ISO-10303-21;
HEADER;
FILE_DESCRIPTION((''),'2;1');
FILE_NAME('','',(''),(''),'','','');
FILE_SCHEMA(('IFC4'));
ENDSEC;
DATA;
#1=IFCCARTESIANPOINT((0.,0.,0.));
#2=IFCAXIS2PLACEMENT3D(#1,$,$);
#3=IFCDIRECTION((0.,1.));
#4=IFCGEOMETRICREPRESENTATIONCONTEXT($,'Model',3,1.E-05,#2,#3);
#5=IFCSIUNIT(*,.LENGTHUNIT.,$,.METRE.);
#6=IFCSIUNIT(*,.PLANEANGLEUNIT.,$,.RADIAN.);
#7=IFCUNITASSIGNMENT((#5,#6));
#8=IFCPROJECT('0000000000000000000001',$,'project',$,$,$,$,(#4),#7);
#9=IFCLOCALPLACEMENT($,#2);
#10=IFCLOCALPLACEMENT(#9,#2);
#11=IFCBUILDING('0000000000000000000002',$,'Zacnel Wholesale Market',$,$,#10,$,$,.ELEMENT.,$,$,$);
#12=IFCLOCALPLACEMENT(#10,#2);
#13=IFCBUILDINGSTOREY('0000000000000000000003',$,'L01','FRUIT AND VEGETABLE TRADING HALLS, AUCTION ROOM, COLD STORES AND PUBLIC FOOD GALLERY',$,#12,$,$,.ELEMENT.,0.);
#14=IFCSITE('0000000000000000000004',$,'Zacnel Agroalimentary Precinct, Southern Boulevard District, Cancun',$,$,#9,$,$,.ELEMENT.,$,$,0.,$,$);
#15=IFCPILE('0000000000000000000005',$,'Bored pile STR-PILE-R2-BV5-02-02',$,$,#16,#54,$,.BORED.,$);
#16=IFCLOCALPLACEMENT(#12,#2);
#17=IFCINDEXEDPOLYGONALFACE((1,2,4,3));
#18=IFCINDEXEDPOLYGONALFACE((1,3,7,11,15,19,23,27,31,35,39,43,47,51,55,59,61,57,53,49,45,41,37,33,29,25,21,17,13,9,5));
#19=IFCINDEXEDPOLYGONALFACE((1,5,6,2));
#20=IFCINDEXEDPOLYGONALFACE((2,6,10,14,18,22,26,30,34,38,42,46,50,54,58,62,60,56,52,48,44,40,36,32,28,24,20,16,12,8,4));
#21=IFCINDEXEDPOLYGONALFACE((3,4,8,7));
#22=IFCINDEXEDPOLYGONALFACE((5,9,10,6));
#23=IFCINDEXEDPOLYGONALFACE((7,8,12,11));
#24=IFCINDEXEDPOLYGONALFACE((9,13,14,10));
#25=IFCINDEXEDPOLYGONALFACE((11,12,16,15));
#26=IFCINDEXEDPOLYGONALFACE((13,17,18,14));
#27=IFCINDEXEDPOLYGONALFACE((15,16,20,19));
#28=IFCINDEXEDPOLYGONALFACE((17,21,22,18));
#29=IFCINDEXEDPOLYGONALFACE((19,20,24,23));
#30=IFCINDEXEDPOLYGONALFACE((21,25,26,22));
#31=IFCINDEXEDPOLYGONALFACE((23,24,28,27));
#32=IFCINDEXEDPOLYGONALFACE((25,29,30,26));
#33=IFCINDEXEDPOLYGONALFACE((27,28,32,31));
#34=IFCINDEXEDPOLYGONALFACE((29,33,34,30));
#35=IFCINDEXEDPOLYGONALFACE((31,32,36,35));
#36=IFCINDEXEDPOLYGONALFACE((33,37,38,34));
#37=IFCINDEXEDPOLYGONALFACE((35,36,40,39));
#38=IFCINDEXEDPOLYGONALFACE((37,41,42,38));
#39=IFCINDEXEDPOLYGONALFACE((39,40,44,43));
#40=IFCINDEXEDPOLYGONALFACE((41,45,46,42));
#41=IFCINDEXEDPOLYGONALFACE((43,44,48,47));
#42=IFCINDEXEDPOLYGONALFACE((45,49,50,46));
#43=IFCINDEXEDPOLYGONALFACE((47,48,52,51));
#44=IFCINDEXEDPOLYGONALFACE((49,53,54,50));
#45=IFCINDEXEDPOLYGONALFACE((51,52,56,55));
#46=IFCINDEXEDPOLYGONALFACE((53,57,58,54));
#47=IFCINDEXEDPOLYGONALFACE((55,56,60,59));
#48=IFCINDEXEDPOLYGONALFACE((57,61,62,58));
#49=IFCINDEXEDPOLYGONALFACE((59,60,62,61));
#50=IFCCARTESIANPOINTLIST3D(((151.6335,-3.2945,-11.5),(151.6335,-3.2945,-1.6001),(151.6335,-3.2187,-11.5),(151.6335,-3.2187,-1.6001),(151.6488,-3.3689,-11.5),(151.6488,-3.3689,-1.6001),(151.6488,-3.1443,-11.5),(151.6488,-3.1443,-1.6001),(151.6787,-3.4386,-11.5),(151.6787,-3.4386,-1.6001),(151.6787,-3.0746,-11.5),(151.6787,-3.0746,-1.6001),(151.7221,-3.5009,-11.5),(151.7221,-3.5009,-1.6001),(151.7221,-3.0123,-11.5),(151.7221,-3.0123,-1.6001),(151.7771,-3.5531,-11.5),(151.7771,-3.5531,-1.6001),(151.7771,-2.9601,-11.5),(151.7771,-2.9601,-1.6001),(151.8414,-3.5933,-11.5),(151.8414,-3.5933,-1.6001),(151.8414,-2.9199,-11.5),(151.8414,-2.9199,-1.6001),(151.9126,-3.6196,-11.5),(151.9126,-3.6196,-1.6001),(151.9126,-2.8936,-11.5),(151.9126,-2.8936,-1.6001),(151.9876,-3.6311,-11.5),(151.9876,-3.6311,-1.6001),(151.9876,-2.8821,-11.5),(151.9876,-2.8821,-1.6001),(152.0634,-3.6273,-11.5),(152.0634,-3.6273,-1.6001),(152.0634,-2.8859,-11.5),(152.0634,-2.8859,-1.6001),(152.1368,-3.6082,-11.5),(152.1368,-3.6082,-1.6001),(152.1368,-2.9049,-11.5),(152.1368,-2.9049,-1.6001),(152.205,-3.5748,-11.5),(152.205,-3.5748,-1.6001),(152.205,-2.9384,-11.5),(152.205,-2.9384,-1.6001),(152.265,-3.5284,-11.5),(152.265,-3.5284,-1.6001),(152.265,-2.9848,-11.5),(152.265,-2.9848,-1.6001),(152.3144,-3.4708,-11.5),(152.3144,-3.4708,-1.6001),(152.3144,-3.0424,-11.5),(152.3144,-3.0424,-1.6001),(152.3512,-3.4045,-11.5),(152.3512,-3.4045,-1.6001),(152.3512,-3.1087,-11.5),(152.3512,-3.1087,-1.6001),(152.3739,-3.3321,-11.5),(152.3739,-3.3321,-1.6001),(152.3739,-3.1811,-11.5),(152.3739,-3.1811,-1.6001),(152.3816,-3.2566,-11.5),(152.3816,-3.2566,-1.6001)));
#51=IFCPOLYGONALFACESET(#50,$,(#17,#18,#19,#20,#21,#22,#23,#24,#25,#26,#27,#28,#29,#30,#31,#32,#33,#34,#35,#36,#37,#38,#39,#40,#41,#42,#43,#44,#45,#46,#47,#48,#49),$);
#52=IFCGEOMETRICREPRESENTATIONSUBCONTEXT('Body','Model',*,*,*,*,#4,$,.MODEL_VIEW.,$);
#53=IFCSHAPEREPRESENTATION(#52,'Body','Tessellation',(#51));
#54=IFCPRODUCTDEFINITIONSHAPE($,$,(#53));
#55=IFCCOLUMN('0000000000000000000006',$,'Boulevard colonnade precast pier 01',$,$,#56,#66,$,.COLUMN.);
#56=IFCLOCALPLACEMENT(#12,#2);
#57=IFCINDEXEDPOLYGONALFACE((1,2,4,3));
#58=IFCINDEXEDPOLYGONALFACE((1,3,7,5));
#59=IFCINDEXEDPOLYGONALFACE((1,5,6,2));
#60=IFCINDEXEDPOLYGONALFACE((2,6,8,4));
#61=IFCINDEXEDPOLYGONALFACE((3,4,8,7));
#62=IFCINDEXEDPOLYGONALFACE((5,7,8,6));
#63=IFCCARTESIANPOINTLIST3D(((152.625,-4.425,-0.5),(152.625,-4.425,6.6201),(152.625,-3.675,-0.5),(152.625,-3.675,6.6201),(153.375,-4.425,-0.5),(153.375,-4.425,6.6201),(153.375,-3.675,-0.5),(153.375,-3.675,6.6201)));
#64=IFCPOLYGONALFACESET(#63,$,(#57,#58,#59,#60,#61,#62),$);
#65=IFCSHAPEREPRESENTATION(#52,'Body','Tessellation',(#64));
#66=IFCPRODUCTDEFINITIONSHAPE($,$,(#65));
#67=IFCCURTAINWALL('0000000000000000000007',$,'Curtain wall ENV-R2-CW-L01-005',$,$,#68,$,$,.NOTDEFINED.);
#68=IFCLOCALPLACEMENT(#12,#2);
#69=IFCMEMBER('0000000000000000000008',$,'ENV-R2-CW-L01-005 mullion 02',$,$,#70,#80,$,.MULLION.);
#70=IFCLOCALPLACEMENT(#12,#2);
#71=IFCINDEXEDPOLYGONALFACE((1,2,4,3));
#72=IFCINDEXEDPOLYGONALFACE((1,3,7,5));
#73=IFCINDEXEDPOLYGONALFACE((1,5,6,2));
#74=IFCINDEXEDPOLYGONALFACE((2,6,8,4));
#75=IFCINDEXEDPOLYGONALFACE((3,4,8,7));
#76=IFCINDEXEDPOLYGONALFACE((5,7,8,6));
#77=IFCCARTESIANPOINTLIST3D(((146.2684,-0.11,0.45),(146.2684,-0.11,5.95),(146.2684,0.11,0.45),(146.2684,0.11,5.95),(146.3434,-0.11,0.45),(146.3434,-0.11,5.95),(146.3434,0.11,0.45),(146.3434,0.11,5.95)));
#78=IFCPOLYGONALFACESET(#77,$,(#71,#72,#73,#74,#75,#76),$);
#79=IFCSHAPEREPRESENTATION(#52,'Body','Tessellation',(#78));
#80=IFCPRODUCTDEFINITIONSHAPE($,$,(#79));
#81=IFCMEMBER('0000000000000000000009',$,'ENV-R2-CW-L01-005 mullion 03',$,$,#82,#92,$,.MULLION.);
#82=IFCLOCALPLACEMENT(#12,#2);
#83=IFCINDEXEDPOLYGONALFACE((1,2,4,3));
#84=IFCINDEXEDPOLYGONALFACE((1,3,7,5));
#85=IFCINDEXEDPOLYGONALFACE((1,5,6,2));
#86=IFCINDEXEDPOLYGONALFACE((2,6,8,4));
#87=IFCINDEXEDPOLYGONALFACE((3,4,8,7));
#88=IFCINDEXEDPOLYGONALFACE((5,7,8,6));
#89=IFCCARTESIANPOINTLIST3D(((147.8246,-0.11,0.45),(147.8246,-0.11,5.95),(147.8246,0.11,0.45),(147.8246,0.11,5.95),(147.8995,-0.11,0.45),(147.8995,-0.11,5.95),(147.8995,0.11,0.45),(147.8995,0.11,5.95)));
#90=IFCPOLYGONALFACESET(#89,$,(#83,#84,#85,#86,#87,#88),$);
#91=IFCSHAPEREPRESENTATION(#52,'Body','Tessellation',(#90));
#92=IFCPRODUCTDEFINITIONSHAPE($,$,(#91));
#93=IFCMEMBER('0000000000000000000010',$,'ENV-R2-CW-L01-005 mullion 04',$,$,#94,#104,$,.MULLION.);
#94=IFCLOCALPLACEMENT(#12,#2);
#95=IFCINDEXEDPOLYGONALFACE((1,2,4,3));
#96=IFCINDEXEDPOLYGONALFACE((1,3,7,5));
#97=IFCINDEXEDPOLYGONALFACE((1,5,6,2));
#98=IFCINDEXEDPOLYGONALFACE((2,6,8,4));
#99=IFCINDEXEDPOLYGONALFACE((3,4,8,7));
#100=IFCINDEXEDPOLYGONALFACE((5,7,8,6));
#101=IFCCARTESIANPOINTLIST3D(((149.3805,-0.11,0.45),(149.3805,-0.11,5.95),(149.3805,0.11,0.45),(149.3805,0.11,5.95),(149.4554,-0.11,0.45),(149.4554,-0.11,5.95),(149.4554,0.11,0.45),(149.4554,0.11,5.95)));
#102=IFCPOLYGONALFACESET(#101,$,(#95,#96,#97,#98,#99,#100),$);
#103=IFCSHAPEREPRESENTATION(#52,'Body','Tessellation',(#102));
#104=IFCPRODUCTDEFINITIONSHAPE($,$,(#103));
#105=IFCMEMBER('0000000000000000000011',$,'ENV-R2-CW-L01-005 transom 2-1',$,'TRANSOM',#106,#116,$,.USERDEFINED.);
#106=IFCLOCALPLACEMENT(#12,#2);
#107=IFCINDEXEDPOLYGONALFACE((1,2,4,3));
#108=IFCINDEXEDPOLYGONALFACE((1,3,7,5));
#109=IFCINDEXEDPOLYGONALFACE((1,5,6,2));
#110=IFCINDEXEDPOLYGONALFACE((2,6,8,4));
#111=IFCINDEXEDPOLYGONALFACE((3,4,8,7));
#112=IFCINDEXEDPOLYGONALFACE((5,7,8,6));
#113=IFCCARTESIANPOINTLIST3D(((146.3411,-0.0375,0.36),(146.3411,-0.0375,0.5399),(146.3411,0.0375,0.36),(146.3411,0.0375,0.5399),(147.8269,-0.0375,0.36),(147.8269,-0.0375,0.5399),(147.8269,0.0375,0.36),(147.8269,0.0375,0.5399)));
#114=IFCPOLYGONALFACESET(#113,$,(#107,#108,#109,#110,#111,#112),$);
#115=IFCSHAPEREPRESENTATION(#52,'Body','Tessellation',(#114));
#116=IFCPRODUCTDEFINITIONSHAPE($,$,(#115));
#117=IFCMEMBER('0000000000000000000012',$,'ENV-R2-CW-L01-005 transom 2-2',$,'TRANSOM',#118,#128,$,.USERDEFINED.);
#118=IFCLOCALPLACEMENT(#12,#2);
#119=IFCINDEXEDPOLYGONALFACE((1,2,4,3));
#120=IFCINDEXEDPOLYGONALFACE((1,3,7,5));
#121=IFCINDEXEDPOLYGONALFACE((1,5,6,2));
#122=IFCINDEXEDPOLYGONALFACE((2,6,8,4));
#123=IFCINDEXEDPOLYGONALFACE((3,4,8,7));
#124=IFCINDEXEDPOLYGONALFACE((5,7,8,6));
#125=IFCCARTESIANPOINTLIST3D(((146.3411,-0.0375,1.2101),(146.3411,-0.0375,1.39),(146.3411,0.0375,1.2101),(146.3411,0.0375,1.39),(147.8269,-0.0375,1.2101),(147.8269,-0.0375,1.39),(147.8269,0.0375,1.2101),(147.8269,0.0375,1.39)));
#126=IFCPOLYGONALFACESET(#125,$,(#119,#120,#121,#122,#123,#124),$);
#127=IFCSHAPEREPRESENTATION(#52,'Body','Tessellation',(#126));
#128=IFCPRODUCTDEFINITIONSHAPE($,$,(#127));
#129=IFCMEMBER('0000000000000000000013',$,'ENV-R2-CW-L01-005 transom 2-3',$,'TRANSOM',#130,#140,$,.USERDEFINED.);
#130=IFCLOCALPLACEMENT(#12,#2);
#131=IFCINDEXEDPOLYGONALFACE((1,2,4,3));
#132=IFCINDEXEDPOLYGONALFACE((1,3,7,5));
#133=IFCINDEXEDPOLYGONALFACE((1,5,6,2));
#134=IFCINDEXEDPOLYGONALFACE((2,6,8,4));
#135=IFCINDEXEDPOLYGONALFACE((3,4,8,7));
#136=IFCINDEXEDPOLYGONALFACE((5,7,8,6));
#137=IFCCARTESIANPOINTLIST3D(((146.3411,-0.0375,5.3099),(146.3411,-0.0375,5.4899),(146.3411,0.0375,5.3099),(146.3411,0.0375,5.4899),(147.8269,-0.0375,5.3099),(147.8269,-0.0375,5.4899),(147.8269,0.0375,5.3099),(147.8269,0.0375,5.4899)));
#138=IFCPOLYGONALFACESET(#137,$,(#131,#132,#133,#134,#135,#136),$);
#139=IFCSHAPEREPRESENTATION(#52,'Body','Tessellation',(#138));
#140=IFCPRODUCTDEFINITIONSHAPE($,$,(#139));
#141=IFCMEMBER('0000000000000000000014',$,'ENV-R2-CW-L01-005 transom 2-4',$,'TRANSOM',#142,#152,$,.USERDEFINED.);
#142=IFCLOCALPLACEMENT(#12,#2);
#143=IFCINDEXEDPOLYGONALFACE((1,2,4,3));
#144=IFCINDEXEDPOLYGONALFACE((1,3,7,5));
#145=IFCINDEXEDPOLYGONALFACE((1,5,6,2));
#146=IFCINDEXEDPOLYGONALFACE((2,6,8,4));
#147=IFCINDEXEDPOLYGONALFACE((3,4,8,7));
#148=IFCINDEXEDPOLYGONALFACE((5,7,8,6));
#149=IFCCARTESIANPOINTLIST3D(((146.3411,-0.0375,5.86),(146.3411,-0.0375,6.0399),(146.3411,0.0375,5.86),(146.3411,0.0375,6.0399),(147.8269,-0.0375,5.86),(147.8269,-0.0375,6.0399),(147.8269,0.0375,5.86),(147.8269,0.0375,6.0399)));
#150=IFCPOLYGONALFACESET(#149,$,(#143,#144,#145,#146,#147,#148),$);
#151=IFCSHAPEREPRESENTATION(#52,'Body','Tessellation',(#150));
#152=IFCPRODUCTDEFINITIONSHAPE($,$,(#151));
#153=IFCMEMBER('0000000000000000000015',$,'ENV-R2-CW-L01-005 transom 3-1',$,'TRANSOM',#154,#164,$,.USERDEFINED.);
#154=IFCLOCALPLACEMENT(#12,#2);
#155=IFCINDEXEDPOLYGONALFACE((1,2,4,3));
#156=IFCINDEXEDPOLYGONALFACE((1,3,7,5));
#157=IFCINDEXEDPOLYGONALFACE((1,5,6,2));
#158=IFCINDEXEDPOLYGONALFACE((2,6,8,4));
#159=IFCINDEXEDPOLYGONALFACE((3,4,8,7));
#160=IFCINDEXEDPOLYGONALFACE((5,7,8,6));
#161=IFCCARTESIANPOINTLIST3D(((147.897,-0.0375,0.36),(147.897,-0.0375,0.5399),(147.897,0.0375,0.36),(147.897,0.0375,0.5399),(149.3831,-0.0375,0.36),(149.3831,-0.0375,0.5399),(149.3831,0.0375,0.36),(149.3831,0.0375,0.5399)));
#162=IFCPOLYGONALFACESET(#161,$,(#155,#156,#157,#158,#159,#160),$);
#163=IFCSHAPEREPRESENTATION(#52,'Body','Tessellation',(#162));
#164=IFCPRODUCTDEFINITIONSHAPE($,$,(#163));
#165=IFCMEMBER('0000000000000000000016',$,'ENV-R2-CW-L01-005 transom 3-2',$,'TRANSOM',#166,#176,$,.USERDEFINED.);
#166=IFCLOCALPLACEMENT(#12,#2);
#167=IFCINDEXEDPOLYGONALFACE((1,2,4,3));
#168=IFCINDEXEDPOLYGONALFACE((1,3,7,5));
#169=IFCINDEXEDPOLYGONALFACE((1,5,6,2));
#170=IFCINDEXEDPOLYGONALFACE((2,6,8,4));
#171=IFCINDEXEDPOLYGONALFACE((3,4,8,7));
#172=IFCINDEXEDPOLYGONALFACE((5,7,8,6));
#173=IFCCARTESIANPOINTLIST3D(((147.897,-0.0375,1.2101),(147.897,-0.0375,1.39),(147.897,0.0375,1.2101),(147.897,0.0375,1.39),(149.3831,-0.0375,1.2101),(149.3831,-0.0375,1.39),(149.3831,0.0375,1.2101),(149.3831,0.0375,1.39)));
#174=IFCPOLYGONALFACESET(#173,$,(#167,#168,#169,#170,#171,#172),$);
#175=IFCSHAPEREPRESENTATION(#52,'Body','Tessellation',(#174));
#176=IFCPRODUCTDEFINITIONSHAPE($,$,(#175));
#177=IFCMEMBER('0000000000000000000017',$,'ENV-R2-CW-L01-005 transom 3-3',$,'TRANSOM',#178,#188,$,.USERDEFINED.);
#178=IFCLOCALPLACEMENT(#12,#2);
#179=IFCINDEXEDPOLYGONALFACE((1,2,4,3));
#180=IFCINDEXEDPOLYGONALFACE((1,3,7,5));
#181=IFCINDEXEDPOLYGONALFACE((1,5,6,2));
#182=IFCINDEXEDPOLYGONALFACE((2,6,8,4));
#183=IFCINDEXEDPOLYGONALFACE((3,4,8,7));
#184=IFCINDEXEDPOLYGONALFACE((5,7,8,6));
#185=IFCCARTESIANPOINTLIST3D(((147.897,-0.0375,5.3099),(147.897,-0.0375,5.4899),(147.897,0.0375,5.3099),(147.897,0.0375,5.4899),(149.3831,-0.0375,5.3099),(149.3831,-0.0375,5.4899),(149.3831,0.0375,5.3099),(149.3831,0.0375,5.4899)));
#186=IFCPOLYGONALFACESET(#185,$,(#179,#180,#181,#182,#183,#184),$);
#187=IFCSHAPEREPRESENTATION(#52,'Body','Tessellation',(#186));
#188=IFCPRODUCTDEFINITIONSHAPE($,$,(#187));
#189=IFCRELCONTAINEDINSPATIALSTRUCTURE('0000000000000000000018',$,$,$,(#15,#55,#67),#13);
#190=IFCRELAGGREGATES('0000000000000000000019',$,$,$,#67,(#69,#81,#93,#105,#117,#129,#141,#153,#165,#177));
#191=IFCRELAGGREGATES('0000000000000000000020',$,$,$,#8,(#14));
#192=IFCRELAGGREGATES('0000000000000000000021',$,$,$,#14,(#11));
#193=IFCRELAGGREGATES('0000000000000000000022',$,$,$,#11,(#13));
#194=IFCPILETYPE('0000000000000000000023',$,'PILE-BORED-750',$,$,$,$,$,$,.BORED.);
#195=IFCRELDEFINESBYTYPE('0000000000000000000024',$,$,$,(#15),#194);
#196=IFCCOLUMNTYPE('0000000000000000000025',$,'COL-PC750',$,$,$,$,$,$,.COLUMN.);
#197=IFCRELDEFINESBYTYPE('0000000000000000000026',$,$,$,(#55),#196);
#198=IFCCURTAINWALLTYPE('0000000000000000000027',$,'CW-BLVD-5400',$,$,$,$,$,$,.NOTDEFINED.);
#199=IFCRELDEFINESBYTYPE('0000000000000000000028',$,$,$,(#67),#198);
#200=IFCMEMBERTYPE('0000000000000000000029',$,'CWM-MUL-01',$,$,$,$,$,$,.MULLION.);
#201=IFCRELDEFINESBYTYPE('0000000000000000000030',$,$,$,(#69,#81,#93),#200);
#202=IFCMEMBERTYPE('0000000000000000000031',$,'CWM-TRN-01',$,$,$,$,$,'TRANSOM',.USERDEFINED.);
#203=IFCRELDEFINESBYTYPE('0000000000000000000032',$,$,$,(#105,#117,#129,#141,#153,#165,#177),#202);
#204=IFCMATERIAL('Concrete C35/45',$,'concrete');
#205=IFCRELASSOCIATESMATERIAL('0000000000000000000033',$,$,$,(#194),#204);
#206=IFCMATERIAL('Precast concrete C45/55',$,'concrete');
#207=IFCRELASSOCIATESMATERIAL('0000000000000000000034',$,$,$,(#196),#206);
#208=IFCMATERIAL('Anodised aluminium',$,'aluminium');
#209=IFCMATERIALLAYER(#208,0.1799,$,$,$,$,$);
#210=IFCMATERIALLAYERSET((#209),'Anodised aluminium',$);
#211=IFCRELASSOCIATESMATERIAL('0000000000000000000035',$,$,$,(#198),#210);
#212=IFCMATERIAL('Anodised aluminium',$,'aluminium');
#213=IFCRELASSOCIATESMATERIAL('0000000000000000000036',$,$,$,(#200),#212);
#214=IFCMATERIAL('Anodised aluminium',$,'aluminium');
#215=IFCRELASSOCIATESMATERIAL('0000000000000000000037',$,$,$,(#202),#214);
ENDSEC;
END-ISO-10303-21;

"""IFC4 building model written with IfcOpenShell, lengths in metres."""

from ifc_helpers import new_model, si_unit, direction, frame, origin, origin_2d, place, context, subcontext, project, spatial, rectangle, circle, extrude, material, layer, layer_set, material_profile, profile_set, type_object, element, aggregate, save


model = new_model("IFC4")

# Units and contexts
model_context = context("Model", 3, precision=1e-05, world=origin(), true_north=direction((0.0, 1.0)))
body_context = subcontext(model_context, "Body", "Model", "MODEL_VIEW")
ifc_project = project(units=[si_unit("LENGTHUNIT", "METRE"), si_unit("PLANEANGLEUNIT", "RADIAN")], contexts=[model_context])

# Site, building, storey
site_placement = place(None, origin())
site = spatial("IfcSite", under=ifc_project, at=site_placement, Name="Zacnel Agroalimentary Precinct, Southern Boulevard District, Cancun", CompositionType="ELEMENT", RefElevation=0.0)
building_placement = place(site_placement, origin())
building = spatial("IfcBuilding", under=site, at=building_placement, Name="Zacnel Wholesale Market", CompositionType="ELEMENT")
storey_placement = place(building_placement, origin())
storey = spatial("IfcBuildingStorey", under=building, at=storey_placement, Name="L01", Description="FRUIT AND VEGETABLE TRADING HALLS, AUCTION ROOM, COLD STORES AND PUBLIC FOOD GALLERY", CompositionType="ELEMENT", Elevation=0.0)

# Pile
ifc_material_1 = material(Name="Concrete C35/45", Category="concrete")
ifc_material_profile_1 = material_profile(ifc_material_1, circle(Radius=0.375, at=origin_2d()), Name="BORED PILE D750")
ifc_profile_set_1 = profile_set([ifc_material_profile_1], Name="Concrete C35/45")
pile_type_1 = type_object("IfcPileType", Name="PILE-BORED-750", PredefinedType="BORED", material=ifc_profile_set_1)
for number, where, z_axis, x_axis, name in (
    (1, (152.0066, -3.2566, -1.6001), (0.0, 0.0, -1.0), (1.0, 0.0, 0.0), "Bored pile STR-PILE-R2-BV5-02-02"),
):
    element("IfcPile", number, at=place(storey_placement, frame(where, z_axis=z_axis, x_axis=x_axis)), inside=storey, type_object=pile_type_1, Name=name, PredefinedType="BORED", context=body_context, shape_type="SweptSolid", body=[
        extrude(circle(Radius=0.375, at=origin_2d()), origin(), (0.0, 0.0, 1.0), 9.8999),
    ])

# Column
ifc_material_2 = material(Name="Precast concrete C45/55", Category="concrete")
ifc_material_profile_2 = material_profile(ifc_material_2, rectangle(XDim=0.75, YDim=0.75, at=origin_2d()), Name="PC 750x750")
ifc_profile_set_2 = profile_set([ifc_material_profile_2], Name="Precast concrete C45/55")
column_type = type_object("IfcColumnType", Name="COL-PC750", PredefinedType="COLUMN", material=ifc_profile_set_2)
column_placement = place(storey_placement, frame((153.0, -4.05, -0.5), z_axis=(0.0, 0.0, 1.0), x_axis=(1.0, 0.0, 0.0)))
element("IfcColumn", 2, at=column_placement, inside=storey, type_object=column_type, Name="Boulevard colonnade precast pier 01", PredefinedType="COLUMN", context=body_context, shape_type="SweptSolid", body=[
    extrude(rectangle(XDim=0.75, YDim=0.75, at=origin_2d()), origin(), (0.0, 0.0, 1.0), 7.1201),
])

# Curtain wall, members
ifc_material_3 = material(Name="Anodised aluminium", Category="aluminium")
ifc_layer_1 = layer(ifc_material_3, 0.1799)
ifc_layer_set_1 = layer_set([ifc_layer_1], Name="Anodised aluminium")
curtain_wall_type = type_object("IfcCurtainWallType", Name="CW-BLVD-5400", PredefinedType="NOTDEFINED", material=ifc_layer_set_1)
curtain_wall_placement = place(storey_placement, origin())
curtain_wall = element("IfcCurtainWall", 3, at=curtain_wall_placement, inside=storey, type_object=curtain_wall_type, Name="Curtain wall ENV-R2-CW-L01-005", PredefinedType="NOTDEFINED")
ifc_material_4 = material(Name="Anodised aluminium", Category="aluminium")
ifc_material_profile_3 = material_profile(ifc_material_4, rectangle(XDim=0.075, YDim=0.22, at=origin_2d()), Name="AW-MULLION 75x220")
ifc_profile_set_3 = profile_set([ifc_material_profile_3], Name="Anodised aluminium")
member_type_1 = type_object("IfcMemberType", Name="CWM-MUL-01", PredefinedType="MULLION", material=ifc_profile_set_3)
member_1_placement = place(storey_placement, frame((146.3059, 0.0, 0.45), z_axis=(0.0, 0.0, 1.0), x_axis=(1.0, 0.0, 0.0)))
member_1 = element("IfcMember", 4, at=member_1_placement, type_object=member_type_1, Name="ENV-R2-CW-L01-005 mullion 02", PredefinedType="MULLION", context=body_context, shape_type="SweptSolid", body=[
    extrude(rectangle(XDim=0.075, YDim=0.22, at=origin_2d()), origin(), (0.0, 0.0, 1.0), 5.5),
])
member_2_placement = place(storey_placement, frame((147.8621, 0.0, 0.45), z_axis=(0.0, 0.0, 1.0), x_axis=(1.0, 0.0, 0.0)))
member_2 = element("IfcMember", 5, at=member_2_placement, type_object=member_type_1, Name="ENV-R2-CW-L01-005 mullion 03", PredefinedType="MULLION", context=body_context, shape_type="SweptSolid", body=[
    extrude(rectangle(XDim=0.075, YDim=0.22, at=origin_2d()), origin(), (0.0, 0.0, 1.0), 5.5),
])
member_3_placement = place(storey_placement, frame((149.418, 0.0, 0.45), z_axis=(0.0, 0.0, 1.0), x_axis=(1.0, 0.0, 0.0)))
member_3 = element("IfcMember", 6, at=member_3_placement, type_object=member_type_1, Name="ENV-R2-CW-L01-005 mullion 04", PredefinedType="MULLION", context=body_context, shape_type="SweptSolid", body=[
    extrude(rectangle(XDim=0.075, YDim=0.22, at=origin_2d()), origin(), (0.0, 0.0, 1.0), 5.5),
])
ifc_material_5 = material(Name="Anodised aluminium", Category="aluminium")
ifc_material_profile_4 = material_profile(ifc_material_5, rectangle(XDim=0.075, YDim=0.1799, at=origin_2d()), Name="AW-TRANSOM 75x180")
ifc_profile_set_4 = profile_set([ifc_material_profile_4], Name="Anodised aluminium")
member_type_2 = type_object("IfcMemberType", Name="CWM-TRN-01", ElementType="TRANSOM", PredefinedType="USERDEFINED", material=ifc_profile_set_4)
member_4_placement = place(storey_placement, frame((146.3411, 0.0, 0.45), z_axis=(1.0, 0.0, 0.0), x_axis=(0.0, 1.0, 0.0)))
member_4 = element("IfcMember", 7, at=member_4_placement, type_object=member_type_2, Name="ENV-R2-CW-L01-005 transom 2-1", ObjectType="TRANSOM", PredefinedType="USERDEFINED", context=body_context, shape_type="SweptSolid", body=[
    extrude(rectangle(XDim=0.075, YDim=0.1799, at=origin_2d()), origin(), (0.0, 0.0, 1.0), 1.4858),
])
member_5_placement = place(storey_placement, frame((146.3411, 0.0, 1.3), z_axis=(1.0, 0.0, 0.0), x_axis=(0.0, 1.0, 0.0)))
member_5 = element("IfcMember", 8, at=member_5_placement, type_object=member_type_2, Name="ENV-R2-CW-L01-005 transom 2-2", ObjectType="TRANSOM", PredefinedType="USERDEFINED", context=body_context, shape_type="SweptSolid", body=[
    extrude(rectangle(XDim=0.075, YDim=0.1799, at=origin_2d()), origin(), (0.0, 0.0, 1.0), 1.4858),
])
member_6_placement = place(storey_placement, frame((146.3411, 0.0, 5.3999), z_axis=(1.0, 0.0, 0.0), x_axis=(0.0, 1.0, 0.0)))
member_6 = element("IfcMember", 9, at=member_6_placement, type_object=member_type_2, Name="ENV-R2-CW-L01-005 transom 2-3", ObjectType="TRANSOM", PredefinedType="USERDEFINED", context=body_context, shape_type="SweptSolid", body=[
    extrude(rectangle(XDim=0.075, YDim=0.1799, at=origin_2d()), origin(), (0.0, 0.0, 1.0), 1.4858),
])
member_7_placement = place(storey_placement, frame((146.3411, 0.0, 5.95), z_axis=(1.0, 0.0, 0.0), x_axis=(0.0, 1.0, 0.0)))
member_7 = element("IfcMember", 10, at=member_7_placement, type_object=member_type_2, Name="ENV-R2-CW-L01-005 transom 2-4", ObjectType="TRANSOM", PredefinedType="USERDEFINED", context=body_context, shape_type="SweptSolid", body=[
    extrude(rectangle(XDim=0.075, YDim=0.1799, at=origin_2d()), origin(), (0.0, 0.0, 1.0), 1.4858),
])
member_8_placement = place(storey_placement, frame((147.897, 0.0, 0.45), z_axis=(1.0, 0.0, 0.0), x_axis=(0.0, 1.0, 0.0)))
member_8 = element("IfcMember", 11, at=member_8_placement, type_object=member_type_2, Name="ENV-R2-CW-L01-005 transom 3-1", ObjectType="TRANSOM", PredefinedType="USERDEFINED", context=body_context, shape_type="SweptSolid", body=[
    extrude(rectangle(XDim=0.075, YDim=0.1799, at=origin_2d()), origin(), (0.0, 0.0, 1.0), 1.4861),
])
member_9_placement = place(storey_placement, frame((147.897, 0.0, 1.3), z_axis=(1.0, 0.0, 0.0), x_axis=(0.0, 1.0, 0.0)))
member_9 = element("IfcMember", 12, at=member_9_placement, type_object=member_type_2, Name="ENV-R2-CW-L01-005 transom 3-2", ObjectType="TRANSOM", PredefinedType="USERDEFINED", context=body_context, shape_type="SweptSolid", body=[
    extrude(rectangle(XDim=0.075, YDim=0.1799, at=origin_2d()), origin(), (0.0, 0.0, 1.0), 1.4861),
])
member_10_placement = place(storey_placement, frame((147.897, 0.0, 5.3999), z_axis=(1.0, 0.0, 0.0), x_axis=(0.0, 1.0, 0.0)))
member_10 = element("IfcMember", 13, at=member_10_placement, type_object=member_type_2, Name="ENV-R2-CW-L01-005 transom 3-3", ObjectType="TRANSOM", PredefinedType="USERDEFINED", context=body_context, shape_type="SweptSolid", body=[
    extrude(rectangle(XDim=0.075, YDim=0.1799, at=origin_2d()), origin(), (0.0, 0.0, 1.0), 1.4861),
])
aggregate(curtain_wall, [member_1, member_2, member_3, member_4, member_5, member_6, member_7, member_8, member_9, member_10])

save(model, "model.ifc")
